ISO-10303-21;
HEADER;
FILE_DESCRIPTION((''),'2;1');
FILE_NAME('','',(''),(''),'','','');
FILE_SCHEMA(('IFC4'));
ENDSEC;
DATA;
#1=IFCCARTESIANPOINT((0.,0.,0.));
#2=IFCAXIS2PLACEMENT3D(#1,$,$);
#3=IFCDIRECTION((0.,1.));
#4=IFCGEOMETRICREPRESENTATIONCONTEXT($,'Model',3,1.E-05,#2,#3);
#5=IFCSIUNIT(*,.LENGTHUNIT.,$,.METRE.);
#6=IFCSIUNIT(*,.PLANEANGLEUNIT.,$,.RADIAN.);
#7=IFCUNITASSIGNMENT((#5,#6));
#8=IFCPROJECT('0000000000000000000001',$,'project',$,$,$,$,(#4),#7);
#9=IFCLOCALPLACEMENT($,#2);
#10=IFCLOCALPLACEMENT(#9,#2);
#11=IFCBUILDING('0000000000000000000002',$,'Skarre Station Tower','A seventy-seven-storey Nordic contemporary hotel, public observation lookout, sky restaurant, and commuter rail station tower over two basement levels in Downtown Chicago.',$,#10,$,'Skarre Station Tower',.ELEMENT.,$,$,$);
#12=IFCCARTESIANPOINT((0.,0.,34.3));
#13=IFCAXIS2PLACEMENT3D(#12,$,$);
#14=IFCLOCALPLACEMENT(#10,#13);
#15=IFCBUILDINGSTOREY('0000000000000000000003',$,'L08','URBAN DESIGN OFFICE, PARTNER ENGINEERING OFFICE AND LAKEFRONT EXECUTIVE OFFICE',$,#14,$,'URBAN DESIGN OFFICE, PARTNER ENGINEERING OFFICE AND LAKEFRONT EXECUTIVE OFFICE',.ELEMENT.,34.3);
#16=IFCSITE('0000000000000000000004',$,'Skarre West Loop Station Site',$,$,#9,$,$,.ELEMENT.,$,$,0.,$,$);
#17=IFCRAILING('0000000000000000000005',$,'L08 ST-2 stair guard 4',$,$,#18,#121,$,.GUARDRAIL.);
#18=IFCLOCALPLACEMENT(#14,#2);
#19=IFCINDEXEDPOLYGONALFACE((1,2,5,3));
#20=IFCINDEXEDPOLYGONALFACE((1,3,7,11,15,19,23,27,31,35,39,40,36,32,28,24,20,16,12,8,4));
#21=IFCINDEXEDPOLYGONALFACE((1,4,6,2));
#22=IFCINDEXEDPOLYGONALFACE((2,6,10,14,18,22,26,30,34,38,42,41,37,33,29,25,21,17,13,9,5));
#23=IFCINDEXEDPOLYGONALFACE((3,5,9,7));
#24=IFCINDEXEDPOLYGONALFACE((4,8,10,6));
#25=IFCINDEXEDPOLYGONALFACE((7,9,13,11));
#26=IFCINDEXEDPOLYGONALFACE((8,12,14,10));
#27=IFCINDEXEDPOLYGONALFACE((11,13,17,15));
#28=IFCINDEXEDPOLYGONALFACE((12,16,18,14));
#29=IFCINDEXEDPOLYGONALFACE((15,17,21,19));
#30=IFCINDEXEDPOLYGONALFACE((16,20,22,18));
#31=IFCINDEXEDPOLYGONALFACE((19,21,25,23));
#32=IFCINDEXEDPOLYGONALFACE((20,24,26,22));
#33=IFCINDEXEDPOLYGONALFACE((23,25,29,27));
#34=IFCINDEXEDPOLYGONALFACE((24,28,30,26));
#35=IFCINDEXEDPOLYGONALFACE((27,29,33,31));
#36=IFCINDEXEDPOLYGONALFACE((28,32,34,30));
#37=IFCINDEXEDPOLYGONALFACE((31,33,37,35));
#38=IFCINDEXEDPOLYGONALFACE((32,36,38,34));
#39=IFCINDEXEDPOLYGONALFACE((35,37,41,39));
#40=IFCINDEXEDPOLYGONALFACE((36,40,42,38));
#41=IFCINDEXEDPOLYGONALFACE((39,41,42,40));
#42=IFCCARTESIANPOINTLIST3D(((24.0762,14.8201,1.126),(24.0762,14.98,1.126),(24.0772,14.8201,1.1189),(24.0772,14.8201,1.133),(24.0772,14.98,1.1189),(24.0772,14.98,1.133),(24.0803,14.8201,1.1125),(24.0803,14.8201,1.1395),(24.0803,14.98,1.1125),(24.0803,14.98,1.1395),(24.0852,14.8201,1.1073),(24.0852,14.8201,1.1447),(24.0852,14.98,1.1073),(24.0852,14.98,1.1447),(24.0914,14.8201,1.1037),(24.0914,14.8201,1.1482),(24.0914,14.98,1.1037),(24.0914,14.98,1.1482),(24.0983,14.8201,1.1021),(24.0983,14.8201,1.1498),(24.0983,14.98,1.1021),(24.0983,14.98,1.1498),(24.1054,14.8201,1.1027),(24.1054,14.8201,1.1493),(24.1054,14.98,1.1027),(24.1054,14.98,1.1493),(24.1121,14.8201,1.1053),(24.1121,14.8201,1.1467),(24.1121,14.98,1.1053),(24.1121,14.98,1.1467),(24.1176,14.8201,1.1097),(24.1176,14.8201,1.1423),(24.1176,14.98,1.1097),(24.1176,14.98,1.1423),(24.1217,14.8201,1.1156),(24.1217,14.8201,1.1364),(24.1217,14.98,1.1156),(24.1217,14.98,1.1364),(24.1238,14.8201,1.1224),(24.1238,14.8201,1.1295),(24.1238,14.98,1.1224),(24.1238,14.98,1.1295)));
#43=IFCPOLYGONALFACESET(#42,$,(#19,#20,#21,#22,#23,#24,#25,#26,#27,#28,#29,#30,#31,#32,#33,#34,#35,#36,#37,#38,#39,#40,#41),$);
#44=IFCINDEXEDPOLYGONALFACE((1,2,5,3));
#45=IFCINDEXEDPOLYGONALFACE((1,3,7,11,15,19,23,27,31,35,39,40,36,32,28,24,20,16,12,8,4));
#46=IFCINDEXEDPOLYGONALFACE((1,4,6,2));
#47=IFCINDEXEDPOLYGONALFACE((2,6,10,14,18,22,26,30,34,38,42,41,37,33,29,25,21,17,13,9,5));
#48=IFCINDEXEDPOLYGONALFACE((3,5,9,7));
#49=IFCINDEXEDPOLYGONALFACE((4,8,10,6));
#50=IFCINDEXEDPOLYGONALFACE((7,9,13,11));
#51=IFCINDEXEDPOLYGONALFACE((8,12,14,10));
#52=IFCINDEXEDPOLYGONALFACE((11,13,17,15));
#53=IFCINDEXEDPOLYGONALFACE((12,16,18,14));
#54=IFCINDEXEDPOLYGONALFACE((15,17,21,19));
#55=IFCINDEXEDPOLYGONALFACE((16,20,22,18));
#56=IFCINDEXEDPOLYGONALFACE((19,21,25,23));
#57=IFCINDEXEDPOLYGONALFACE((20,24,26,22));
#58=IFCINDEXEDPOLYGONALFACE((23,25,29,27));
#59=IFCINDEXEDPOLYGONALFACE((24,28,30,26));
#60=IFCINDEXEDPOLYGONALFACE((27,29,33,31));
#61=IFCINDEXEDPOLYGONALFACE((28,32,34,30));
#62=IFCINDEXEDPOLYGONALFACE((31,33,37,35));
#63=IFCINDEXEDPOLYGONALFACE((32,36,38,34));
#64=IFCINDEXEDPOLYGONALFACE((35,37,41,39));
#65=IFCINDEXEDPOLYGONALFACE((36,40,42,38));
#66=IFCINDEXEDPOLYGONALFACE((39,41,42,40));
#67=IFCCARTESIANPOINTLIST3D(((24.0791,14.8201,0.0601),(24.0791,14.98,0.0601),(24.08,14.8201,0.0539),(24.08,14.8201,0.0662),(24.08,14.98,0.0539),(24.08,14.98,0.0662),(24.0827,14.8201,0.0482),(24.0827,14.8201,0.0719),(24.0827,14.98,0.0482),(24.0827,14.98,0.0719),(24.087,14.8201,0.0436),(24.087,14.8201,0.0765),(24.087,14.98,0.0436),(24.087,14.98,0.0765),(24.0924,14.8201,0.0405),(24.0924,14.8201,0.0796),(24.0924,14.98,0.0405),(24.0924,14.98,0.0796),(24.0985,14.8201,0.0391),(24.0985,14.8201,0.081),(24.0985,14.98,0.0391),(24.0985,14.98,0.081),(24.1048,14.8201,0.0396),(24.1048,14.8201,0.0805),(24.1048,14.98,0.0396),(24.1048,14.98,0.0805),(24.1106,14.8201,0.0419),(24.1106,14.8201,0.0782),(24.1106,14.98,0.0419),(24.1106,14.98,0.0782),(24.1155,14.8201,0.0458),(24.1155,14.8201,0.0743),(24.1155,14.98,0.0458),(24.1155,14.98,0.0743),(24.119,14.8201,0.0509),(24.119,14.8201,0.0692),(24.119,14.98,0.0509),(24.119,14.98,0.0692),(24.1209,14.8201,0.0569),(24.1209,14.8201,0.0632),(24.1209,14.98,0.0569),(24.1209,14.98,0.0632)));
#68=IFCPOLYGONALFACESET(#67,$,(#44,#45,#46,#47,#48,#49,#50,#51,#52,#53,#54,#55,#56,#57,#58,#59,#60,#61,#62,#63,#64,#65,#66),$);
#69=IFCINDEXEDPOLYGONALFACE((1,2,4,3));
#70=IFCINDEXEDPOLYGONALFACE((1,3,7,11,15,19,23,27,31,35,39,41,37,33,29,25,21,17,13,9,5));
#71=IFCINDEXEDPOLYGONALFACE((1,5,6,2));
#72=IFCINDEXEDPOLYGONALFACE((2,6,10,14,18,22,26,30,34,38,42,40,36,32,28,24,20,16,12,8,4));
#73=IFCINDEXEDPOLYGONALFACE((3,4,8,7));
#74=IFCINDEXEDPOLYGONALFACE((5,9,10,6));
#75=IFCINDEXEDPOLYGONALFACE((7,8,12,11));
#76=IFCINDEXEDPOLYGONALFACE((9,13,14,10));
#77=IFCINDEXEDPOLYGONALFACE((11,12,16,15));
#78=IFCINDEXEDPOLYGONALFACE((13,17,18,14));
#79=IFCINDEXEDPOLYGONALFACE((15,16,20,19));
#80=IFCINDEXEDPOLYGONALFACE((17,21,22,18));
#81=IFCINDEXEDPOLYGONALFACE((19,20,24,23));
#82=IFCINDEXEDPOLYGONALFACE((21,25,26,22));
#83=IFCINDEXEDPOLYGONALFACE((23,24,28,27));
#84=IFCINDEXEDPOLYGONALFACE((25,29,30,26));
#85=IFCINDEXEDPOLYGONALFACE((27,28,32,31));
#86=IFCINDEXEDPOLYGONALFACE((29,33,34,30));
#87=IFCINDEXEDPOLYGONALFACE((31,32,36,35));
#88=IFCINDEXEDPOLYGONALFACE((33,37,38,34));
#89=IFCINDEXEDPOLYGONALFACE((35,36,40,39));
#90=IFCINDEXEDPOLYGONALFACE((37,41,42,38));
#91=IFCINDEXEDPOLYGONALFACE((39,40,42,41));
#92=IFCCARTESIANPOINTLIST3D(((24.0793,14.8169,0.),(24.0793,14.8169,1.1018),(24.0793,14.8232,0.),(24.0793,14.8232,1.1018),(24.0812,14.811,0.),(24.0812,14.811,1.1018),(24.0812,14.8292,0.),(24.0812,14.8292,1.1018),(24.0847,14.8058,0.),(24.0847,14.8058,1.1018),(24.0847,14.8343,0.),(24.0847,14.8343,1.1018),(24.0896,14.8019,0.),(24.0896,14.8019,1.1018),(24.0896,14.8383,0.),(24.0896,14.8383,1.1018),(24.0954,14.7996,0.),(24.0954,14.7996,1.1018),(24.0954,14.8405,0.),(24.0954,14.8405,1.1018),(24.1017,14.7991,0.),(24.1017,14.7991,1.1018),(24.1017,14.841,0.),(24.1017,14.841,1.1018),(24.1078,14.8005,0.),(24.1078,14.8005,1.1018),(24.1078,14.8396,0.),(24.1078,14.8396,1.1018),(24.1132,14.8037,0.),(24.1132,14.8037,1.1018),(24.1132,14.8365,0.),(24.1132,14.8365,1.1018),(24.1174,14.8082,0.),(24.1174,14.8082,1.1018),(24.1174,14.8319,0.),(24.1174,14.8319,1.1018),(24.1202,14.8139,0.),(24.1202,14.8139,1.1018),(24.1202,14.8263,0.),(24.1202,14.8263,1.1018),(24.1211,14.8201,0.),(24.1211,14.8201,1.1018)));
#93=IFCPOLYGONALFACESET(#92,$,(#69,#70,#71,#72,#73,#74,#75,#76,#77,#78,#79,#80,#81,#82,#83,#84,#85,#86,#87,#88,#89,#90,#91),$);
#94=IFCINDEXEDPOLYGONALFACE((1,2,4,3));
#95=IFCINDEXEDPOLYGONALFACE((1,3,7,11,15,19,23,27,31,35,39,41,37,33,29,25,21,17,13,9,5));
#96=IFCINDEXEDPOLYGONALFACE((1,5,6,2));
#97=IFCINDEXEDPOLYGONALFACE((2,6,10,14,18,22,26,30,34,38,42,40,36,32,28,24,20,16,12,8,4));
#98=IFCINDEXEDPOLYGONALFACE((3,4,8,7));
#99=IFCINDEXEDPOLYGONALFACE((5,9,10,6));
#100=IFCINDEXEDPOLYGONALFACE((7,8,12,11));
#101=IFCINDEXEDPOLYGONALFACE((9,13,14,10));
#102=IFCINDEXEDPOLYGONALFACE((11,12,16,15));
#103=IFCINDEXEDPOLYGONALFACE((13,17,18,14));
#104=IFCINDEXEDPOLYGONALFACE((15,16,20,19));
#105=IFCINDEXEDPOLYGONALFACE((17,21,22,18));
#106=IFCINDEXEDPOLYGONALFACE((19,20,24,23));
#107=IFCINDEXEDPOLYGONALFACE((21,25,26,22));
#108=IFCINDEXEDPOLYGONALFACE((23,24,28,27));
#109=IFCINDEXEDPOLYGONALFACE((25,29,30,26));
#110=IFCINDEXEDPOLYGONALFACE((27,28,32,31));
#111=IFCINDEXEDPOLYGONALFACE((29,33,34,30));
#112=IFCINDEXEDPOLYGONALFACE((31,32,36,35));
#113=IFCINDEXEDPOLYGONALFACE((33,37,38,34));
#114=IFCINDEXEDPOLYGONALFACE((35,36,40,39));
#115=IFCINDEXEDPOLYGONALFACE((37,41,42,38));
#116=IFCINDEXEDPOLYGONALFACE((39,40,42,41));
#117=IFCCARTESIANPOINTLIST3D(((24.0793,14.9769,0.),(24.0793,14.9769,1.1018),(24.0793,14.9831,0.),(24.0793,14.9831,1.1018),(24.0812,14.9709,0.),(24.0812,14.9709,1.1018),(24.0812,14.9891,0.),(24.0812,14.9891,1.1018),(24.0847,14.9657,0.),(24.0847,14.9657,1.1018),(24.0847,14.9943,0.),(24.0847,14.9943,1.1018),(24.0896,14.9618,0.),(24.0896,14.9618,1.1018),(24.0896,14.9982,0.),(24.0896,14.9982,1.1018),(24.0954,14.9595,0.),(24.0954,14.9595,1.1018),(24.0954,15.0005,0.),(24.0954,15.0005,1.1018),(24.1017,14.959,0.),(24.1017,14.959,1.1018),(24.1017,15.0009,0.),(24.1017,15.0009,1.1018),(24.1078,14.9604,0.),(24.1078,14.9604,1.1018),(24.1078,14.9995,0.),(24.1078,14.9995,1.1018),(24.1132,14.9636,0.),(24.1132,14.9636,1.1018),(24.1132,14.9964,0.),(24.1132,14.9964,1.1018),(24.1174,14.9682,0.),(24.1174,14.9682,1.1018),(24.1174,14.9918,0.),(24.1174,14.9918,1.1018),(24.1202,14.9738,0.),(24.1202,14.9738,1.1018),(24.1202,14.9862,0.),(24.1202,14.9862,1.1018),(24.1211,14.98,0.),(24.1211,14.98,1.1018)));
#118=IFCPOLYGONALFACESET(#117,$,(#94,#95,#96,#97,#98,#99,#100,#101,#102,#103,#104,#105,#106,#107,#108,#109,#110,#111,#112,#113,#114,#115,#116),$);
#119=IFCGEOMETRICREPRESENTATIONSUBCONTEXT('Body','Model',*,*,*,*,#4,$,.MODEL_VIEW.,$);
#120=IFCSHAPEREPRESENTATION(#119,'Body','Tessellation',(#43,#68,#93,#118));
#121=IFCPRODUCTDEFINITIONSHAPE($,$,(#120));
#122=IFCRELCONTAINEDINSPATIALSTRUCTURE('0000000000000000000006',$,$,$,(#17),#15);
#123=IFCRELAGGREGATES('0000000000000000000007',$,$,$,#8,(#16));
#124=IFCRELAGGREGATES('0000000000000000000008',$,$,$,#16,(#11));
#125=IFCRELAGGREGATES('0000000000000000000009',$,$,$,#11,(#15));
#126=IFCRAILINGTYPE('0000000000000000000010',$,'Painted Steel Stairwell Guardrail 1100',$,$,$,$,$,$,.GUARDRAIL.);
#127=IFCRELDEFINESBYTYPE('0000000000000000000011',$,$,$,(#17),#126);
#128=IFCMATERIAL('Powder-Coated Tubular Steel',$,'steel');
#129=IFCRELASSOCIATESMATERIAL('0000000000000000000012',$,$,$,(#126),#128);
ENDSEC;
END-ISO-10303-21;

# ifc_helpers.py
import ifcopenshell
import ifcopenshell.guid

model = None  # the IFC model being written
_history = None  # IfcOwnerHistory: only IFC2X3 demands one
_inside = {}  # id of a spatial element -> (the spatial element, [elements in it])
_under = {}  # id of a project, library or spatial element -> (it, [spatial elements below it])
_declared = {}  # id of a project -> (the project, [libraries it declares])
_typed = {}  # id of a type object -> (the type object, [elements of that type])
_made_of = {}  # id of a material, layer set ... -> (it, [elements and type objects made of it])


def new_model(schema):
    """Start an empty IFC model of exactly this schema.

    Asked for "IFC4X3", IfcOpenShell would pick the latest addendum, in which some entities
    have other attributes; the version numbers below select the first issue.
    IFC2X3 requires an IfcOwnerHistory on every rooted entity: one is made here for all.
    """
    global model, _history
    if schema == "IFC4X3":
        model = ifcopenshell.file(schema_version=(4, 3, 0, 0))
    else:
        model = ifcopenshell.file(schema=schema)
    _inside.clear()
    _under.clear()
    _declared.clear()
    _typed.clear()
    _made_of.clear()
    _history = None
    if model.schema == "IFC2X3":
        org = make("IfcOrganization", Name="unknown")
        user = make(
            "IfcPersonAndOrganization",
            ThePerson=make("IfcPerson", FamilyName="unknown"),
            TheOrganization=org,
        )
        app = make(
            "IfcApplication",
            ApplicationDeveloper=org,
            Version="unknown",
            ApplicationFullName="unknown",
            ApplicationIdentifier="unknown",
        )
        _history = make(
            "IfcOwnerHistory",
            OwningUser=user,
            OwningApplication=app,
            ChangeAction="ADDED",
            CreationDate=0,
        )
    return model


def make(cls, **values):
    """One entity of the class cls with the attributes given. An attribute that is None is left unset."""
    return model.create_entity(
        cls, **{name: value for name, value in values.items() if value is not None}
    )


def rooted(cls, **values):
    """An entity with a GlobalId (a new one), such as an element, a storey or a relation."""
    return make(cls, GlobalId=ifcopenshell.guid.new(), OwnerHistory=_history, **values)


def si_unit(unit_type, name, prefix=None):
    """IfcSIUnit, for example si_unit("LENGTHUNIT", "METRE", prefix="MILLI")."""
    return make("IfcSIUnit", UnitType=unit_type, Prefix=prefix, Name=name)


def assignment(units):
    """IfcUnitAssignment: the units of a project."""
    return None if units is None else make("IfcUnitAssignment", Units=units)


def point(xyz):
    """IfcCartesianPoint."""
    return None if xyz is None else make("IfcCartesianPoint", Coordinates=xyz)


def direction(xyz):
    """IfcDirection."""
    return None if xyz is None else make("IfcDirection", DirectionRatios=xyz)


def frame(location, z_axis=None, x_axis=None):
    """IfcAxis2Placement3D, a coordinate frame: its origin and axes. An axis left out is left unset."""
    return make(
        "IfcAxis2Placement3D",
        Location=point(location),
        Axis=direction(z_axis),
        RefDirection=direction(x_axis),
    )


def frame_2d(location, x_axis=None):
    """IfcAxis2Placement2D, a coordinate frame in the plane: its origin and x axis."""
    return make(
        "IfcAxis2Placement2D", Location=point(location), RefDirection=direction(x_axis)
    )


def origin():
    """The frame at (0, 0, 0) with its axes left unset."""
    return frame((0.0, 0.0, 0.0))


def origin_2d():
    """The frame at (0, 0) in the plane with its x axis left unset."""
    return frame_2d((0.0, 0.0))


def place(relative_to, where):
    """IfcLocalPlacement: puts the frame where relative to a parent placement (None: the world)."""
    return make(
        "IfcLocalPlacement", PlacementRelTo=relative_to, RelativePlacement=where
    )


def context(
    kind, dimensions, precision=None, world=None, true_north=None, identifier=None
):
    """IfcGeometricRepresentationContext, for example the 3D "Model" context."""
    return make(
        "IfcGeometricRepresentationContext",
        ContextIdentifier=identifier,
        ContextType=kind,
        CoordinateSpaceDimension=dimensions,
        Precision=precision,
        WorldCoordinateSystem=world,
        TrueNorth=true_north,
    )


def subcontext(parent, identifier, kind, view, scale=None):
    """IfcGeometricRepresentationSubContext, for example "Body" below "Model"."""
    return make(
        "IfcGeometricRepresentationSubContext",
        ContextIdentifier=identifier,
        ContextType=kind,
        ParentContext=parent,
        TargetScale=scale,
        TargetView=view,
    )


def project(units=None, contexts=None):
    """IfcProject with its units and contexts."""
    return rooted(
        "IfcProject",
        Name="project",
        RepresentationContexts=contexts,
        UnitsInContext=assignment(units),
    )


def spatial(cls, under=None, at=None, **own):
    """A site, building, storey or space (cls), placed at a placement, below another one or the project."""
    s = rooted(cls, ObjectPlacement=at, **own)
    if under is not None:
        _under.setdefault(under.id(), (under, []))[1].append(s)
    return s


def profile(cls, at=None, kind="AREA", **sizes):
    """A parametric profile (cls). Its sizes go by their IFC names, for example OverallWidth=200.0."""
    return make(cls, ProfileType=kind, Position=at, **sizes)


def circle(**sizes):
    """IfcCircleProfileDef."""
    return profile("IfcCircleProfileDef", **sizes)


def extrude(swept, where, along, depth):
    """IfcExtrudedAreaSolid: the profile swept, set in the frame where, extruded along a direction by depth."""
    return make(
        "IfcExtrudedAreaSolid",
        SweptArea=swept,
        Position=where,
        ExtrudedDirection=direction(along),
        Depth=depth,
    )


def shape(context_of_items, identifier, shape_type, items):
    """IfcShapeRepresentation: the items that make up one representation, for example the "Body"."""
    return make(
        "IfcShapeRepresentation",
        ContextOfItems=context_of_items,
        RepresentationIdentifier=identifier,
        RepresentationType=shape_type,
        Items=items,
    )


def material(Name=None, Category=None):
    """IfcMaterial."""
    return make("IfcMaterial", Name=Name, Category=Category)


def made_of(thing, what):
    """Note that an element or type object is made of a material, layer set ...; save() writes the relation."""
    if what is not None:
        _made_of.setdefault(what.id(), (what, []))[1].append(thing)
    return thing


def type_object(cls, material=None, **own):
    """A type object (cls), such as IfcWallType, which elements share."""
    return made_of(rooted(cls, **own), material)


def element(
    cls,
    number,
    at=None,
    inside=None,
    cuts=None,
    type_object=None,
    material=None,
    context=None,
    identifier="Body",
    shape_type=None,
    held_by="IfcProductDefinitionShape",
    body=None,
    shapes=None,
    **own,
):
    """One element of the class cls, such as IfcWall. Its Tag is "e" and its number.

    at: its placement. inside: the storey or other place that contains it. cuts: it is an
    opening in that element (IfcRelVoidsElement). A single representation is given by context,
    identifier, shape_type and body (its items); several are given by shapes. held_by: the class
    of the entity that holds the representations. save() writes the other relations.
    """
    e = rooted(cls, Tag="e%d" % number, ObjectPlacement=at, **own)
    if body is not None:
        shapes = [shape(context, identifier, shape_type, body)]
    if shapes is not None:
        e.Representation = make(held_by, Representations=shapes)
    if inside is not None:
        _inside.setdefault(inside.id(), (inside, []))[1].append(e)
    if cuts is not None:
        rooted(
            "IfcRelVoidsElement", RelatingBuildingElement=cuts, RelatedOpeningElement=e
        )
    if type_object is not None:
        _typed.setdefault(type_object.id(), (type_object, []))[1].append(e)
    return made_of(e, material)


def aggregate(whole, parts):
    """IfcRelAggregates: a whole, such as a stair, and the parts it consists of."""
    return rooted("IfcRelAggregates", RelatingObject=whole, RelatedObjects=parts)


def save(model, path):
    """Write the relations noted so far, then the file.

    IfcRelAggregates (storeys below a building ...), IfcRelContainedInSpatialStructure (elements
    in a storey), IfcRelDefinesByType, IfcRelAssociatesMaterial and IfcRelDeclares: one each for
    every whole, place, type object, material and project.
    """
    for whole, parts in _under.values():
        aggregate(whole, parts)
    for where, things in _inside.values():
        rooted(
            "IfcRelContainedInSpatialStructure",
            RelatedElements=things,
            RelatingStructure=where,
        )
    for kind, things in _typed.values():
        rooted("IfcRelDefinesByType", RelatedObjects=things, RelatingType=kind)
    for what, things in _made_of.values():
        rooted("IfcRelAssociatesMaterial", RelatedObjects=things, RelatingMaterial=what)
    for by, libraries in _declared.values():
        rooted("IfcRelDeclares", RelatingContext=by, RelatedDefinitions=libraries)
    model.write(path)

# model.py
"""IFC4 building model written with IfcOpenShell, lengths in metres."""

from ifc_helpers import new_model, si_unit, direction, frame, origin, origin_2d, place, context, subcontext, project, spatial, circle, extrude, material, type_object, element, save


model = new_model("IFC4")

# Units and contexts
model_context = context("Model", 3, precision=1e-05, world=origin(), true_north=direction((0.0, 1.0)))
body_context = subcontext(model_context, "Body", "Model", "MODEL_VIEW")
ifc_project = project(units=[si_unit("LENGTHUNIT", "METRE"), si_unit("PLANEANGLEUNIT", "RADIAN")], contexts=[model_context])

# Site, building, storey
site_placement = place(None, origin())
site = spatial("IfcSite", under=ifc_project, at=site_placement, Name="Skarre West Loop Station Site", CompositionType="ELEMENT", RefElevation=0.0)
building_placement = place(site_placement, origin())
building = spatial("IfcBuilding", under=site, at=building_placement, Name="Skarre Station Tower", Description="A seventy-seven-storey Nordic contemporary hotel, public observation lookout, sky restaurant, and commuter rail station tower over two basement levels in Downtown Chicago.", LongName="Skarre Station Tower", CompositionType="ELEMENT")
storey_placement = place(building_placement, frame((0.0, 0.0, 34.3)))
storey = spatial("IfcBuildingStorey", under=building, at=storey_placement, Name="L08", Description="URBAN DESIGN OFFICE, PARTNER ENGINEERING OFFICE AND LAKEFRONT EXECUTIVE OFFICE", LongName="URBAN DESIGN OFFICE, PARTNER ENGINEERING OFFICE AND LAKEFRONT EXECUTIVE OFFICE", CompositionType="ELEMENT", Elevation=34.3)

# Railing
ifc_material_1 = material(Name="Powder-Coated Tubular Steel", Category="steel")
railing_type_1 = type_object("IfcRailingType", Name="Painted Steel Stairwell Guardrail 1100", PredefinedType="GUARDRAIL", material=ifc_material_1)
railing_1_placement = place(storey_placement, frame((24.1001, 14.8201, 0.0)))
element("IfcRailing", 1, at=railing_1_placement, inside=storey, type_object=railing_type_1, Name="L08 ST-2 stair guard 4", PredefinedType="GUARDRAIL", context=body_context, shape_type="SweptSolid", body=[
    extrude(circle(Radius=0.0239, at=origin_2d()), frame((0.0, 0.0, 1.126), z_axis=(0.0, 1.0, 0.0), x_axis=(-1.0, 0.0, 0.0)), (0.0, 0.0, 1.0), 0.1599),
    extrude(circle(Radius=0.021, at=origin_2d()), frame((0.0, 0.0, 0.0601), z_axis=(0.0, 1.0, 0.0), x_axis=(-1.0, 0.0, 0.0)), (0.0, 0.0, 1.0), 0.1599),
    extrude(circle(Radius=0.021, at=origin_2d()), origin(), (0.0, 0.0, 1.0), 1.1018),
    extrude(circle(Radius=0.021, at=origin_2d()), frame((0.0, 0.1599, 0.0)), (0.0, 0.0, 1.0), 1.1018),
])

save(model, "model.ifc")
